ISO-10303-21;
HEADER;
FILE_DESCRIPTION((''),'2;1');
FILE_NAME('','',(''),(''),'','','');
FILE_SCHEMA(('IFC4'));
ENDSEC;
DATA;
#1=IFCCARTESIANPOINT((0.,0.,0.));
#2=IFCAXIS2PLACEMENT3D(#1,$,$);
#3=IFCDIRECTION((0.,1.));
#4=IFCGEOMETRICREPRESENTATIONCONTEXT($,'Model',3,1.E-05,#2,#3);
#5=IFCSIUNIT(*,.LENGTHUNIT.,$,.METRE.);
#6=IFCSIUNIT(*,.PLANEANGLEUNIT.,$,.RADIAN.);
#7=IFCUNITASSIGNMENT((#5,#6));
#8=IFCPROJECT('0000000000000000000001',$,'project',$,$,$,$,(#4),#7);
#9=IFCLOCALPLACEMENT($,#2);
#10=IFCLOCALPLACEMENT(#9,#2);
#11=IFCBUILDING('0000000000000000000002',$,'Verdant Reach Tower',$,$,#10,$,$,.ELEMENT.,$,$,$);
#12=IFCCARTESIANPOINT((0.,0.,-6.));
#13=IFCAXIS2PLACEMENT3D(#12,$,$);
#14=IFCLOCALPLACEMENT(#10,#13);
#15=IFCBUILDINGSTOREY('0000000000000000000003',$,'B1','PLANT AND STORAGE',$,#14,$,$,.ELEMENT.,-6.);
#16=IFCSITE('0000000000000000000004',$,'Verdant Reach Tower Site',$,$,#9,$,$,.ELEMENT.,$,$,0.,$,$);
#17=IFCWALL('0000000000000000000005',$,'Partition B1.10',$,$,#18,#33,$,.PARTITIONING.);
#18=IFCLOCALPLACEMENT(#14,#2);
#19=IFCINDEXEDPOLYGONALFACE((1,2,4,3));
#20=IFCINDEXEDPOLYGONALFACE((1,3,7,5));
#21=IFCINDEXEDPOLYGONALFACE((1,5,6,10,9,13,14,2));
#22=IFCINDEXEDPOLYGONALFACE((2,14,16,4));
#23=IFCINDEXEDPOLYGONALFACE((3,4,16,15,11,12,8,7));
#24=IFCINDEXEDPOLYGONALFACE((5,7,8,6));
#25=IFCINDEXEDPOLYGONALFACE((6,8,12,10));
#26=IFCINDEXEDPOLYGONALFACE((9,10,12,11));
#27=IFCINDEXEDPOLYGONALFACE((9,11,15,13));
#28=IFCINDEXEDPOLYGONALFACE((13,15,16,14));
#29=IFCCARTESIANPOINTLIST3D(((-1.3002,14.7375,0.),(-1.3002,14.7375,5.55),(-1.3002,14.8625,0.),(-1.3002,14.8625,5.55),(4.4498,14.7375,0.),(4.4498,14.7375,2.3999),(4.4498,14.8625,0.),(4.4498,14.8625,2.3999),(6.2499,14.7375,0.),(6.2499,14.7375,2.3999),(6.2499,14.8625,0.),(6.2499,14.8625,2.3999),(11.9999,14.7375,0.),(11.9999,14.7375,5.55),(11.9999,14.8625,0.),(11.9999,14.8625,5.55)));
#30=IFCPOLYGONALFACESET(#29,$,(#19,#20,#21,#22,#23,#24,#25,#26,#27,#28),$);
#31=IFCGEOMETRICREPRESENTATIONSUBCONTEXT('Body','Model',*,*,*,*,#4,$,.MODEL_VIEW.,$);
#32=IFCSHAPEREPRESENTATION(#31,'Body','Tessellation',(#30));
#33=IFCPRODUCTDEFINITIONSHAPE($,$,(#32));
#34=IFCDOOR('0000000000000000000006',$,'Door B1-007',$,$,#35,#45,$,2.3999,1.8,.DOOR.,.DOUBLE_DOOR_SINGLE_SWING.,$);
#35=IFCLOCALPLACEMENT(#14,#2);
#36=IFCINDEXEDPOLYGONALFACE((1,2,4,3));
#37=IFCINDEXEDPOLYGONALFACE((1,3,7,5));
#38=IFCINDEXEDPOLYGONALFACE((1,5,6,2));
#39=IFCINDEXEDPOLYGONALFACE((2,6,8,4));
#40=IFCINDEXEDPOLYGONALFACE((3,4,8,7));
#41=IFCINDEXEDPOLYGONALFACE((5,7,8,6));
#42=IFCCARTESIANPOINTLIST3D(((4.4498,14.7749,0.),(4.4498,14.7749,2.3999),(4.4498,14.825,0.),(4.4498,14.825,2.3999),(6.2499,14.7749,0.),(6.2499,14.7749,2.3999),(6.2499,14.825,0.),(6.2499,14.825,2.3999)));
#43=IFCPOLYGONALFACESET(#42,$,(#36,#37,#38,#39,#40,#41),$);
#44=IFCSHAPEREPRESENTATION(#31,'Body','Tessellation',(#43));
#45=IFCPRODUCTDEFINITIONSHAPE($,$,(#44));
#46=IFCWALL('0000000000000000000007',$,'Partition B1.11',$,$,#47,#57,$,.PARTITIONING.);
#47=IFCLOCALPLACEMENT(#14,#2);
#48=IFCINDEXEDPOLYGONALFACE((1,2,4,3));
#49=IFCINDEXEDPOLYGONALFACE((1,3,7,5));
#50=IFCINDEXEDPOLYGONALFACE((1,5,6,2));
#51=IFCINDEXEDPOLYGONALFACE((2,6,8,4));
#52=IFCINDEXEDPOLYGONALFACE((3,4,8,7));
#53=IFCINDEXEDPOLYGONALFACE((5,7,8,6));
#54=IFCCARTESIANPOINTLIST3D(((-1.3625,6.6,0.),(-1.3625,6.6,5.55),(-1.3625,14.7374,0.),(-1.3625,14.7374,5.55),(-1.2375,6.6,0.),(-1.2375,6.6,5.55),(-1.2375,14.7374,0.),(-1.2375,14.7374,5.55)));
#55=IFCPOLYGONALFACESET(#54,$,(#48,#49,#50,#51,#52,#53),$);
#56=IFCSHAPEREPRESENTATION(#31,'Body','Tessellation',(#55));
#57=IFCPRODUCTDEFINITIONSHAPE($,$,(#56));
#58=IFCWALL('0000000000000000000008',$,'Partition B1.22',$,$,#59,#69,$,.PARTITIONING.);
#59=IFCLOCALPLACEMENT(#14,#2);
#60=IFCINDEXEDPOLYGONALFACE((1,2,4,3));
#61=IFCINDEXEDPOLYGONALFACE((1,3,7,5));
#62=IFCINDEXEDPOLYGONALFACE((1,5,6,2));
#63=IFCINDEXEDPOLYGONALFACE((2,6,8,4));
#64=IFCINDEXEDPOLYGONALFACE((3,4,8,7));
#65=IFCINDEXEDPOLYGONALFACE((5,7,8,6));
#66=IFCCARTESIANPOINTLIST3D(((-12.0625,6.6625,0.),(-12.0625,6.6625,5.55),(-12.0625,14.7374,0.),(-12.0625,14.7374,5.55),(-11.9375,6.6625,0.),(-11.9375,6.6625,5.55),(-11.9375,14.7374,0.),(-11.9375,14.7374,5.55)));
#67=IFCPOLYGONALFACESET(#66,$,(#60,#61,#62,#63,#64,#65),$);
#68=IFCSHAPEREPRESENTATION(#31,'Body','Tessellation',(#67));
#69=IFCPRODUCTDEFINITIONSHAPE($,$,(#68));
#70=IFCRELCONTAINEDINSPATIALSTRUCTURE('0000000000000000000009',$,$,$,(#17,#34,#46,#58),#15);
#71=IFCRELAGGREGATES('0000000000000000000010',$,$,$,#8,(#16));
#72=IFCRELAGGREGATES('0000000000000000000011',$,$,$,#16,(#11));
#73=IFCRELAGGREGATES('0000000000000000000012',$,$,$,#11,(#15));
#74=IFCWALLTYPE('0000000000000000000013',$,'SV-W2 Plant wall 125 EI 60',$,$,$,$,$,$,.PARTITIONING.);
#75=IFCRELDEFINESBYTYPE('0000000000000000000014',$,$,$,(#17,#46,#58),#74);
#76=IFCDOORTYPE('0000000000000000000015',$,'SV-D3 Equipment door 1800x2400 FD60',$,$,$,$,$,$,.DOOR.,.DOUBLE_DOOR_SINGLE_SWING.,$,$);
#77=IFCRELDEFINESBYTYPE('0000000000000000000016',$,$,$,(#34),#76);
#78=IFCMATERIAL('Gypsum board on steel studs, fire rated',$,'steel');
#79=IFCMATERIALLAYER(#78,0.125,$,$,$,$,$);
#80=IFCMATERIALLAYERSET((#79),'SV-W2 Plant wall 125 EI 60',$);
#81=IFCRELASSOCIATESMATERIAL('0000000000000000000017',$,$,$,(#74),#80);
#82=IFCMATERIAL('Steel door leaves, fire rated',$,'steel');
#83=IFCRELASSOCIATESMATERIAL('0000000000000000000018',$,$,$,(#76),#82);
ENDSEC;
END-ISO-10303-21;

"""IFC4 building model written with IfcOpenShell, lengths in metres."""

from ifc_helpers import new_model, si_unit, direction, frame, frame_2d, origin, place, context, subcontext, project, spatial, rectangle, extrude, material, layer, layer_set, type_object, element, fill, save


model = new_model("IFC4")

# Units and contexts
model_context = context("Model", 3, precision=1e-05, world=origin(), true_north=direction((0.0, 1.0)))
body_context = subcontext(model_context, "Body", "Model", "MODEL_VIEW")
ifc_project = project(units=[si_unit("LENGTHUNIT", "METRE"), si_unit("PLANEANGLEUNIT", "RADIAN")], contexts=[model_context])

# Site, building, storey
site_placement = place(None, origin())
site = spatial("IfcSite", under=ifc_project, at=site_placement, Name="Verdant Reach Tower Site", CompositionType="ELEMENT", RefElevation=0.0)
building_placement = place(site_placement, origin())
building = spatial("IfcBuilding", under=site, at=building_placement, Name="Verdant Reach Tower", CompositionType="ELEMENT")
storey_placement = place(building_placement, frame((0.0, 0.0, -6.0)))
storey = spatial("IfcBuildingStorey", under=building, at=storey_placement, Name="B1", Description="PLANT AND STORAGE", CompositionType="ELEMENT", Elevation=-6.0)

# Shared definitions
ifc_material_1 = material(Name="Gypsum board on steel studs, fire rated", Category="steel")
ifc_layer_1 = layer(ifc_material_1, 0.125)
ifc_layer_set_1 = layer_set([ifc_layer_1], Name="SV-W2 Plant wall 125 EI 60")
wall_type_1 = type_object("IfcWallType", Name="SV-W2 Plant wall 125 EI 60", PredefinedType="PARTITIONING", material=ifc_layer_set_1)

# Wall, opening, door
wall_1_placement = place(storey_placement, frame((-1.3, 14.8, 0.0), z_axis=(0.0, 0.0, 1.0), x_axis=(1.0, 0.0, 0.0)))
wall_1 = element("IfcWall", 1, at=wall_1_placement, inside=storey, type_object=wall_type_1, Name="Partition B1.10", PredefinedType="PARTITIONING", context=body_context, shape_type="SweptSolid", body=[
    extrude(rectangle(XDim=13.3, YDim=0.125, at=frame_2d((6.6499, 0.0))), origin(), (0.0, 0.0, 1.0), 5.55),
])
opening_1_placement = place(wall_1_placement, frame((5.75, 0.0, 0.0)))
opening_1 = element("IfcOpeningElement", 2, at=opening_1_placement, cuts=wall_1, PredefinedType="OPENING", context=body_context, shape_type="SweptSolid", body=[
    extrude(rectangle(XDim=1.8, YDim=2.3999, at=frame_2d((0.8999, 1.2))), frame((0.0, 0.0725, 0.0), z_axis=(0.0, -1.0, 0.0), x_axis=(1.0, 0.0, 0.0)), (0.0, 0.0, 1.0), 0.145),
])
ifc_material_2 = material(Name="Steel door leaves, fire rated", Category="steel")
door_type_1 = type_object("IfcDoorType", Name="SV-D3 Equipment door 1800x2400 FD60", OperationType="DOUBLE_DOOR_SINGLE_SWING", PredefinedType="DOOR", material=ifc_material_2)
door_1_placement = place(opening_1_placement, origin())
door_1 = element("IfcDoor", 3, at=door_1_placement, inside=storey, type_object=door_type_1, Name="Door B1-007", OperationType="DOUBLE_DOOR_SINGLE_SWING", OverallHeight=2.3999, OverallWidth=1.8, PredefinedType="DOOR", context=body_context, shape_type="SweptSolid", body=[
    extrude(rectangle(XDim=1.8, YDim=2.3999, at=frame_2d((0.8999, 1.2))), frame((0.0, 0.0249, 0.0), z_axis=(0.0, -1.0, 0.0), x_axis=(1.0, 0.0, 0.0)), (0.0, 0.0, 1.0), 0.05),
])
fill(opening_1, door_1)

# Walls
wall_2_placement = place(storey_placement, frame((-1.3, 14.7375, 0.0), z_axis=(0.0, 0.0, 1.0), x_axis=(0.0, -1.0, 0.0)))
element("IfcWall", 4, at=wall_2_placement, inside=storey, type_object=wall_type_1, Name="Partition B1.11", PredefinedType="PARTITIONING", context=body_context, shape_type="SweptSolid", body=[
    extrude(rectangle(XDim=8.1375, YDim=0.125, at=frame_2d((4.0688, 0.0))), origin(), (0.0, 0.0, 1.0), 5.55),
])
wall_3_placement = place(storey_placement, frame((-12.0, 14.7375, 0.0), z_axis=(0.0, 0.0, 1.0), x_axis=(0.0, -1.0, 0.0)))
element("IfcWall", 5, at=wall_3_placement, inside=storey, type_object=wall_type_1, Name="Partition B1.22", PredefinedType="PARTITIONING", context=body_context, shape_type="SweptSolid", body=[
    extrude(rectangle(XDim=8.075, YDim=0.125, at=frame_2d((4.0376, 0.0))), origin(), (0.0, 0.0, 1.0), 5.55),
])

save(model, "model.ifc")
